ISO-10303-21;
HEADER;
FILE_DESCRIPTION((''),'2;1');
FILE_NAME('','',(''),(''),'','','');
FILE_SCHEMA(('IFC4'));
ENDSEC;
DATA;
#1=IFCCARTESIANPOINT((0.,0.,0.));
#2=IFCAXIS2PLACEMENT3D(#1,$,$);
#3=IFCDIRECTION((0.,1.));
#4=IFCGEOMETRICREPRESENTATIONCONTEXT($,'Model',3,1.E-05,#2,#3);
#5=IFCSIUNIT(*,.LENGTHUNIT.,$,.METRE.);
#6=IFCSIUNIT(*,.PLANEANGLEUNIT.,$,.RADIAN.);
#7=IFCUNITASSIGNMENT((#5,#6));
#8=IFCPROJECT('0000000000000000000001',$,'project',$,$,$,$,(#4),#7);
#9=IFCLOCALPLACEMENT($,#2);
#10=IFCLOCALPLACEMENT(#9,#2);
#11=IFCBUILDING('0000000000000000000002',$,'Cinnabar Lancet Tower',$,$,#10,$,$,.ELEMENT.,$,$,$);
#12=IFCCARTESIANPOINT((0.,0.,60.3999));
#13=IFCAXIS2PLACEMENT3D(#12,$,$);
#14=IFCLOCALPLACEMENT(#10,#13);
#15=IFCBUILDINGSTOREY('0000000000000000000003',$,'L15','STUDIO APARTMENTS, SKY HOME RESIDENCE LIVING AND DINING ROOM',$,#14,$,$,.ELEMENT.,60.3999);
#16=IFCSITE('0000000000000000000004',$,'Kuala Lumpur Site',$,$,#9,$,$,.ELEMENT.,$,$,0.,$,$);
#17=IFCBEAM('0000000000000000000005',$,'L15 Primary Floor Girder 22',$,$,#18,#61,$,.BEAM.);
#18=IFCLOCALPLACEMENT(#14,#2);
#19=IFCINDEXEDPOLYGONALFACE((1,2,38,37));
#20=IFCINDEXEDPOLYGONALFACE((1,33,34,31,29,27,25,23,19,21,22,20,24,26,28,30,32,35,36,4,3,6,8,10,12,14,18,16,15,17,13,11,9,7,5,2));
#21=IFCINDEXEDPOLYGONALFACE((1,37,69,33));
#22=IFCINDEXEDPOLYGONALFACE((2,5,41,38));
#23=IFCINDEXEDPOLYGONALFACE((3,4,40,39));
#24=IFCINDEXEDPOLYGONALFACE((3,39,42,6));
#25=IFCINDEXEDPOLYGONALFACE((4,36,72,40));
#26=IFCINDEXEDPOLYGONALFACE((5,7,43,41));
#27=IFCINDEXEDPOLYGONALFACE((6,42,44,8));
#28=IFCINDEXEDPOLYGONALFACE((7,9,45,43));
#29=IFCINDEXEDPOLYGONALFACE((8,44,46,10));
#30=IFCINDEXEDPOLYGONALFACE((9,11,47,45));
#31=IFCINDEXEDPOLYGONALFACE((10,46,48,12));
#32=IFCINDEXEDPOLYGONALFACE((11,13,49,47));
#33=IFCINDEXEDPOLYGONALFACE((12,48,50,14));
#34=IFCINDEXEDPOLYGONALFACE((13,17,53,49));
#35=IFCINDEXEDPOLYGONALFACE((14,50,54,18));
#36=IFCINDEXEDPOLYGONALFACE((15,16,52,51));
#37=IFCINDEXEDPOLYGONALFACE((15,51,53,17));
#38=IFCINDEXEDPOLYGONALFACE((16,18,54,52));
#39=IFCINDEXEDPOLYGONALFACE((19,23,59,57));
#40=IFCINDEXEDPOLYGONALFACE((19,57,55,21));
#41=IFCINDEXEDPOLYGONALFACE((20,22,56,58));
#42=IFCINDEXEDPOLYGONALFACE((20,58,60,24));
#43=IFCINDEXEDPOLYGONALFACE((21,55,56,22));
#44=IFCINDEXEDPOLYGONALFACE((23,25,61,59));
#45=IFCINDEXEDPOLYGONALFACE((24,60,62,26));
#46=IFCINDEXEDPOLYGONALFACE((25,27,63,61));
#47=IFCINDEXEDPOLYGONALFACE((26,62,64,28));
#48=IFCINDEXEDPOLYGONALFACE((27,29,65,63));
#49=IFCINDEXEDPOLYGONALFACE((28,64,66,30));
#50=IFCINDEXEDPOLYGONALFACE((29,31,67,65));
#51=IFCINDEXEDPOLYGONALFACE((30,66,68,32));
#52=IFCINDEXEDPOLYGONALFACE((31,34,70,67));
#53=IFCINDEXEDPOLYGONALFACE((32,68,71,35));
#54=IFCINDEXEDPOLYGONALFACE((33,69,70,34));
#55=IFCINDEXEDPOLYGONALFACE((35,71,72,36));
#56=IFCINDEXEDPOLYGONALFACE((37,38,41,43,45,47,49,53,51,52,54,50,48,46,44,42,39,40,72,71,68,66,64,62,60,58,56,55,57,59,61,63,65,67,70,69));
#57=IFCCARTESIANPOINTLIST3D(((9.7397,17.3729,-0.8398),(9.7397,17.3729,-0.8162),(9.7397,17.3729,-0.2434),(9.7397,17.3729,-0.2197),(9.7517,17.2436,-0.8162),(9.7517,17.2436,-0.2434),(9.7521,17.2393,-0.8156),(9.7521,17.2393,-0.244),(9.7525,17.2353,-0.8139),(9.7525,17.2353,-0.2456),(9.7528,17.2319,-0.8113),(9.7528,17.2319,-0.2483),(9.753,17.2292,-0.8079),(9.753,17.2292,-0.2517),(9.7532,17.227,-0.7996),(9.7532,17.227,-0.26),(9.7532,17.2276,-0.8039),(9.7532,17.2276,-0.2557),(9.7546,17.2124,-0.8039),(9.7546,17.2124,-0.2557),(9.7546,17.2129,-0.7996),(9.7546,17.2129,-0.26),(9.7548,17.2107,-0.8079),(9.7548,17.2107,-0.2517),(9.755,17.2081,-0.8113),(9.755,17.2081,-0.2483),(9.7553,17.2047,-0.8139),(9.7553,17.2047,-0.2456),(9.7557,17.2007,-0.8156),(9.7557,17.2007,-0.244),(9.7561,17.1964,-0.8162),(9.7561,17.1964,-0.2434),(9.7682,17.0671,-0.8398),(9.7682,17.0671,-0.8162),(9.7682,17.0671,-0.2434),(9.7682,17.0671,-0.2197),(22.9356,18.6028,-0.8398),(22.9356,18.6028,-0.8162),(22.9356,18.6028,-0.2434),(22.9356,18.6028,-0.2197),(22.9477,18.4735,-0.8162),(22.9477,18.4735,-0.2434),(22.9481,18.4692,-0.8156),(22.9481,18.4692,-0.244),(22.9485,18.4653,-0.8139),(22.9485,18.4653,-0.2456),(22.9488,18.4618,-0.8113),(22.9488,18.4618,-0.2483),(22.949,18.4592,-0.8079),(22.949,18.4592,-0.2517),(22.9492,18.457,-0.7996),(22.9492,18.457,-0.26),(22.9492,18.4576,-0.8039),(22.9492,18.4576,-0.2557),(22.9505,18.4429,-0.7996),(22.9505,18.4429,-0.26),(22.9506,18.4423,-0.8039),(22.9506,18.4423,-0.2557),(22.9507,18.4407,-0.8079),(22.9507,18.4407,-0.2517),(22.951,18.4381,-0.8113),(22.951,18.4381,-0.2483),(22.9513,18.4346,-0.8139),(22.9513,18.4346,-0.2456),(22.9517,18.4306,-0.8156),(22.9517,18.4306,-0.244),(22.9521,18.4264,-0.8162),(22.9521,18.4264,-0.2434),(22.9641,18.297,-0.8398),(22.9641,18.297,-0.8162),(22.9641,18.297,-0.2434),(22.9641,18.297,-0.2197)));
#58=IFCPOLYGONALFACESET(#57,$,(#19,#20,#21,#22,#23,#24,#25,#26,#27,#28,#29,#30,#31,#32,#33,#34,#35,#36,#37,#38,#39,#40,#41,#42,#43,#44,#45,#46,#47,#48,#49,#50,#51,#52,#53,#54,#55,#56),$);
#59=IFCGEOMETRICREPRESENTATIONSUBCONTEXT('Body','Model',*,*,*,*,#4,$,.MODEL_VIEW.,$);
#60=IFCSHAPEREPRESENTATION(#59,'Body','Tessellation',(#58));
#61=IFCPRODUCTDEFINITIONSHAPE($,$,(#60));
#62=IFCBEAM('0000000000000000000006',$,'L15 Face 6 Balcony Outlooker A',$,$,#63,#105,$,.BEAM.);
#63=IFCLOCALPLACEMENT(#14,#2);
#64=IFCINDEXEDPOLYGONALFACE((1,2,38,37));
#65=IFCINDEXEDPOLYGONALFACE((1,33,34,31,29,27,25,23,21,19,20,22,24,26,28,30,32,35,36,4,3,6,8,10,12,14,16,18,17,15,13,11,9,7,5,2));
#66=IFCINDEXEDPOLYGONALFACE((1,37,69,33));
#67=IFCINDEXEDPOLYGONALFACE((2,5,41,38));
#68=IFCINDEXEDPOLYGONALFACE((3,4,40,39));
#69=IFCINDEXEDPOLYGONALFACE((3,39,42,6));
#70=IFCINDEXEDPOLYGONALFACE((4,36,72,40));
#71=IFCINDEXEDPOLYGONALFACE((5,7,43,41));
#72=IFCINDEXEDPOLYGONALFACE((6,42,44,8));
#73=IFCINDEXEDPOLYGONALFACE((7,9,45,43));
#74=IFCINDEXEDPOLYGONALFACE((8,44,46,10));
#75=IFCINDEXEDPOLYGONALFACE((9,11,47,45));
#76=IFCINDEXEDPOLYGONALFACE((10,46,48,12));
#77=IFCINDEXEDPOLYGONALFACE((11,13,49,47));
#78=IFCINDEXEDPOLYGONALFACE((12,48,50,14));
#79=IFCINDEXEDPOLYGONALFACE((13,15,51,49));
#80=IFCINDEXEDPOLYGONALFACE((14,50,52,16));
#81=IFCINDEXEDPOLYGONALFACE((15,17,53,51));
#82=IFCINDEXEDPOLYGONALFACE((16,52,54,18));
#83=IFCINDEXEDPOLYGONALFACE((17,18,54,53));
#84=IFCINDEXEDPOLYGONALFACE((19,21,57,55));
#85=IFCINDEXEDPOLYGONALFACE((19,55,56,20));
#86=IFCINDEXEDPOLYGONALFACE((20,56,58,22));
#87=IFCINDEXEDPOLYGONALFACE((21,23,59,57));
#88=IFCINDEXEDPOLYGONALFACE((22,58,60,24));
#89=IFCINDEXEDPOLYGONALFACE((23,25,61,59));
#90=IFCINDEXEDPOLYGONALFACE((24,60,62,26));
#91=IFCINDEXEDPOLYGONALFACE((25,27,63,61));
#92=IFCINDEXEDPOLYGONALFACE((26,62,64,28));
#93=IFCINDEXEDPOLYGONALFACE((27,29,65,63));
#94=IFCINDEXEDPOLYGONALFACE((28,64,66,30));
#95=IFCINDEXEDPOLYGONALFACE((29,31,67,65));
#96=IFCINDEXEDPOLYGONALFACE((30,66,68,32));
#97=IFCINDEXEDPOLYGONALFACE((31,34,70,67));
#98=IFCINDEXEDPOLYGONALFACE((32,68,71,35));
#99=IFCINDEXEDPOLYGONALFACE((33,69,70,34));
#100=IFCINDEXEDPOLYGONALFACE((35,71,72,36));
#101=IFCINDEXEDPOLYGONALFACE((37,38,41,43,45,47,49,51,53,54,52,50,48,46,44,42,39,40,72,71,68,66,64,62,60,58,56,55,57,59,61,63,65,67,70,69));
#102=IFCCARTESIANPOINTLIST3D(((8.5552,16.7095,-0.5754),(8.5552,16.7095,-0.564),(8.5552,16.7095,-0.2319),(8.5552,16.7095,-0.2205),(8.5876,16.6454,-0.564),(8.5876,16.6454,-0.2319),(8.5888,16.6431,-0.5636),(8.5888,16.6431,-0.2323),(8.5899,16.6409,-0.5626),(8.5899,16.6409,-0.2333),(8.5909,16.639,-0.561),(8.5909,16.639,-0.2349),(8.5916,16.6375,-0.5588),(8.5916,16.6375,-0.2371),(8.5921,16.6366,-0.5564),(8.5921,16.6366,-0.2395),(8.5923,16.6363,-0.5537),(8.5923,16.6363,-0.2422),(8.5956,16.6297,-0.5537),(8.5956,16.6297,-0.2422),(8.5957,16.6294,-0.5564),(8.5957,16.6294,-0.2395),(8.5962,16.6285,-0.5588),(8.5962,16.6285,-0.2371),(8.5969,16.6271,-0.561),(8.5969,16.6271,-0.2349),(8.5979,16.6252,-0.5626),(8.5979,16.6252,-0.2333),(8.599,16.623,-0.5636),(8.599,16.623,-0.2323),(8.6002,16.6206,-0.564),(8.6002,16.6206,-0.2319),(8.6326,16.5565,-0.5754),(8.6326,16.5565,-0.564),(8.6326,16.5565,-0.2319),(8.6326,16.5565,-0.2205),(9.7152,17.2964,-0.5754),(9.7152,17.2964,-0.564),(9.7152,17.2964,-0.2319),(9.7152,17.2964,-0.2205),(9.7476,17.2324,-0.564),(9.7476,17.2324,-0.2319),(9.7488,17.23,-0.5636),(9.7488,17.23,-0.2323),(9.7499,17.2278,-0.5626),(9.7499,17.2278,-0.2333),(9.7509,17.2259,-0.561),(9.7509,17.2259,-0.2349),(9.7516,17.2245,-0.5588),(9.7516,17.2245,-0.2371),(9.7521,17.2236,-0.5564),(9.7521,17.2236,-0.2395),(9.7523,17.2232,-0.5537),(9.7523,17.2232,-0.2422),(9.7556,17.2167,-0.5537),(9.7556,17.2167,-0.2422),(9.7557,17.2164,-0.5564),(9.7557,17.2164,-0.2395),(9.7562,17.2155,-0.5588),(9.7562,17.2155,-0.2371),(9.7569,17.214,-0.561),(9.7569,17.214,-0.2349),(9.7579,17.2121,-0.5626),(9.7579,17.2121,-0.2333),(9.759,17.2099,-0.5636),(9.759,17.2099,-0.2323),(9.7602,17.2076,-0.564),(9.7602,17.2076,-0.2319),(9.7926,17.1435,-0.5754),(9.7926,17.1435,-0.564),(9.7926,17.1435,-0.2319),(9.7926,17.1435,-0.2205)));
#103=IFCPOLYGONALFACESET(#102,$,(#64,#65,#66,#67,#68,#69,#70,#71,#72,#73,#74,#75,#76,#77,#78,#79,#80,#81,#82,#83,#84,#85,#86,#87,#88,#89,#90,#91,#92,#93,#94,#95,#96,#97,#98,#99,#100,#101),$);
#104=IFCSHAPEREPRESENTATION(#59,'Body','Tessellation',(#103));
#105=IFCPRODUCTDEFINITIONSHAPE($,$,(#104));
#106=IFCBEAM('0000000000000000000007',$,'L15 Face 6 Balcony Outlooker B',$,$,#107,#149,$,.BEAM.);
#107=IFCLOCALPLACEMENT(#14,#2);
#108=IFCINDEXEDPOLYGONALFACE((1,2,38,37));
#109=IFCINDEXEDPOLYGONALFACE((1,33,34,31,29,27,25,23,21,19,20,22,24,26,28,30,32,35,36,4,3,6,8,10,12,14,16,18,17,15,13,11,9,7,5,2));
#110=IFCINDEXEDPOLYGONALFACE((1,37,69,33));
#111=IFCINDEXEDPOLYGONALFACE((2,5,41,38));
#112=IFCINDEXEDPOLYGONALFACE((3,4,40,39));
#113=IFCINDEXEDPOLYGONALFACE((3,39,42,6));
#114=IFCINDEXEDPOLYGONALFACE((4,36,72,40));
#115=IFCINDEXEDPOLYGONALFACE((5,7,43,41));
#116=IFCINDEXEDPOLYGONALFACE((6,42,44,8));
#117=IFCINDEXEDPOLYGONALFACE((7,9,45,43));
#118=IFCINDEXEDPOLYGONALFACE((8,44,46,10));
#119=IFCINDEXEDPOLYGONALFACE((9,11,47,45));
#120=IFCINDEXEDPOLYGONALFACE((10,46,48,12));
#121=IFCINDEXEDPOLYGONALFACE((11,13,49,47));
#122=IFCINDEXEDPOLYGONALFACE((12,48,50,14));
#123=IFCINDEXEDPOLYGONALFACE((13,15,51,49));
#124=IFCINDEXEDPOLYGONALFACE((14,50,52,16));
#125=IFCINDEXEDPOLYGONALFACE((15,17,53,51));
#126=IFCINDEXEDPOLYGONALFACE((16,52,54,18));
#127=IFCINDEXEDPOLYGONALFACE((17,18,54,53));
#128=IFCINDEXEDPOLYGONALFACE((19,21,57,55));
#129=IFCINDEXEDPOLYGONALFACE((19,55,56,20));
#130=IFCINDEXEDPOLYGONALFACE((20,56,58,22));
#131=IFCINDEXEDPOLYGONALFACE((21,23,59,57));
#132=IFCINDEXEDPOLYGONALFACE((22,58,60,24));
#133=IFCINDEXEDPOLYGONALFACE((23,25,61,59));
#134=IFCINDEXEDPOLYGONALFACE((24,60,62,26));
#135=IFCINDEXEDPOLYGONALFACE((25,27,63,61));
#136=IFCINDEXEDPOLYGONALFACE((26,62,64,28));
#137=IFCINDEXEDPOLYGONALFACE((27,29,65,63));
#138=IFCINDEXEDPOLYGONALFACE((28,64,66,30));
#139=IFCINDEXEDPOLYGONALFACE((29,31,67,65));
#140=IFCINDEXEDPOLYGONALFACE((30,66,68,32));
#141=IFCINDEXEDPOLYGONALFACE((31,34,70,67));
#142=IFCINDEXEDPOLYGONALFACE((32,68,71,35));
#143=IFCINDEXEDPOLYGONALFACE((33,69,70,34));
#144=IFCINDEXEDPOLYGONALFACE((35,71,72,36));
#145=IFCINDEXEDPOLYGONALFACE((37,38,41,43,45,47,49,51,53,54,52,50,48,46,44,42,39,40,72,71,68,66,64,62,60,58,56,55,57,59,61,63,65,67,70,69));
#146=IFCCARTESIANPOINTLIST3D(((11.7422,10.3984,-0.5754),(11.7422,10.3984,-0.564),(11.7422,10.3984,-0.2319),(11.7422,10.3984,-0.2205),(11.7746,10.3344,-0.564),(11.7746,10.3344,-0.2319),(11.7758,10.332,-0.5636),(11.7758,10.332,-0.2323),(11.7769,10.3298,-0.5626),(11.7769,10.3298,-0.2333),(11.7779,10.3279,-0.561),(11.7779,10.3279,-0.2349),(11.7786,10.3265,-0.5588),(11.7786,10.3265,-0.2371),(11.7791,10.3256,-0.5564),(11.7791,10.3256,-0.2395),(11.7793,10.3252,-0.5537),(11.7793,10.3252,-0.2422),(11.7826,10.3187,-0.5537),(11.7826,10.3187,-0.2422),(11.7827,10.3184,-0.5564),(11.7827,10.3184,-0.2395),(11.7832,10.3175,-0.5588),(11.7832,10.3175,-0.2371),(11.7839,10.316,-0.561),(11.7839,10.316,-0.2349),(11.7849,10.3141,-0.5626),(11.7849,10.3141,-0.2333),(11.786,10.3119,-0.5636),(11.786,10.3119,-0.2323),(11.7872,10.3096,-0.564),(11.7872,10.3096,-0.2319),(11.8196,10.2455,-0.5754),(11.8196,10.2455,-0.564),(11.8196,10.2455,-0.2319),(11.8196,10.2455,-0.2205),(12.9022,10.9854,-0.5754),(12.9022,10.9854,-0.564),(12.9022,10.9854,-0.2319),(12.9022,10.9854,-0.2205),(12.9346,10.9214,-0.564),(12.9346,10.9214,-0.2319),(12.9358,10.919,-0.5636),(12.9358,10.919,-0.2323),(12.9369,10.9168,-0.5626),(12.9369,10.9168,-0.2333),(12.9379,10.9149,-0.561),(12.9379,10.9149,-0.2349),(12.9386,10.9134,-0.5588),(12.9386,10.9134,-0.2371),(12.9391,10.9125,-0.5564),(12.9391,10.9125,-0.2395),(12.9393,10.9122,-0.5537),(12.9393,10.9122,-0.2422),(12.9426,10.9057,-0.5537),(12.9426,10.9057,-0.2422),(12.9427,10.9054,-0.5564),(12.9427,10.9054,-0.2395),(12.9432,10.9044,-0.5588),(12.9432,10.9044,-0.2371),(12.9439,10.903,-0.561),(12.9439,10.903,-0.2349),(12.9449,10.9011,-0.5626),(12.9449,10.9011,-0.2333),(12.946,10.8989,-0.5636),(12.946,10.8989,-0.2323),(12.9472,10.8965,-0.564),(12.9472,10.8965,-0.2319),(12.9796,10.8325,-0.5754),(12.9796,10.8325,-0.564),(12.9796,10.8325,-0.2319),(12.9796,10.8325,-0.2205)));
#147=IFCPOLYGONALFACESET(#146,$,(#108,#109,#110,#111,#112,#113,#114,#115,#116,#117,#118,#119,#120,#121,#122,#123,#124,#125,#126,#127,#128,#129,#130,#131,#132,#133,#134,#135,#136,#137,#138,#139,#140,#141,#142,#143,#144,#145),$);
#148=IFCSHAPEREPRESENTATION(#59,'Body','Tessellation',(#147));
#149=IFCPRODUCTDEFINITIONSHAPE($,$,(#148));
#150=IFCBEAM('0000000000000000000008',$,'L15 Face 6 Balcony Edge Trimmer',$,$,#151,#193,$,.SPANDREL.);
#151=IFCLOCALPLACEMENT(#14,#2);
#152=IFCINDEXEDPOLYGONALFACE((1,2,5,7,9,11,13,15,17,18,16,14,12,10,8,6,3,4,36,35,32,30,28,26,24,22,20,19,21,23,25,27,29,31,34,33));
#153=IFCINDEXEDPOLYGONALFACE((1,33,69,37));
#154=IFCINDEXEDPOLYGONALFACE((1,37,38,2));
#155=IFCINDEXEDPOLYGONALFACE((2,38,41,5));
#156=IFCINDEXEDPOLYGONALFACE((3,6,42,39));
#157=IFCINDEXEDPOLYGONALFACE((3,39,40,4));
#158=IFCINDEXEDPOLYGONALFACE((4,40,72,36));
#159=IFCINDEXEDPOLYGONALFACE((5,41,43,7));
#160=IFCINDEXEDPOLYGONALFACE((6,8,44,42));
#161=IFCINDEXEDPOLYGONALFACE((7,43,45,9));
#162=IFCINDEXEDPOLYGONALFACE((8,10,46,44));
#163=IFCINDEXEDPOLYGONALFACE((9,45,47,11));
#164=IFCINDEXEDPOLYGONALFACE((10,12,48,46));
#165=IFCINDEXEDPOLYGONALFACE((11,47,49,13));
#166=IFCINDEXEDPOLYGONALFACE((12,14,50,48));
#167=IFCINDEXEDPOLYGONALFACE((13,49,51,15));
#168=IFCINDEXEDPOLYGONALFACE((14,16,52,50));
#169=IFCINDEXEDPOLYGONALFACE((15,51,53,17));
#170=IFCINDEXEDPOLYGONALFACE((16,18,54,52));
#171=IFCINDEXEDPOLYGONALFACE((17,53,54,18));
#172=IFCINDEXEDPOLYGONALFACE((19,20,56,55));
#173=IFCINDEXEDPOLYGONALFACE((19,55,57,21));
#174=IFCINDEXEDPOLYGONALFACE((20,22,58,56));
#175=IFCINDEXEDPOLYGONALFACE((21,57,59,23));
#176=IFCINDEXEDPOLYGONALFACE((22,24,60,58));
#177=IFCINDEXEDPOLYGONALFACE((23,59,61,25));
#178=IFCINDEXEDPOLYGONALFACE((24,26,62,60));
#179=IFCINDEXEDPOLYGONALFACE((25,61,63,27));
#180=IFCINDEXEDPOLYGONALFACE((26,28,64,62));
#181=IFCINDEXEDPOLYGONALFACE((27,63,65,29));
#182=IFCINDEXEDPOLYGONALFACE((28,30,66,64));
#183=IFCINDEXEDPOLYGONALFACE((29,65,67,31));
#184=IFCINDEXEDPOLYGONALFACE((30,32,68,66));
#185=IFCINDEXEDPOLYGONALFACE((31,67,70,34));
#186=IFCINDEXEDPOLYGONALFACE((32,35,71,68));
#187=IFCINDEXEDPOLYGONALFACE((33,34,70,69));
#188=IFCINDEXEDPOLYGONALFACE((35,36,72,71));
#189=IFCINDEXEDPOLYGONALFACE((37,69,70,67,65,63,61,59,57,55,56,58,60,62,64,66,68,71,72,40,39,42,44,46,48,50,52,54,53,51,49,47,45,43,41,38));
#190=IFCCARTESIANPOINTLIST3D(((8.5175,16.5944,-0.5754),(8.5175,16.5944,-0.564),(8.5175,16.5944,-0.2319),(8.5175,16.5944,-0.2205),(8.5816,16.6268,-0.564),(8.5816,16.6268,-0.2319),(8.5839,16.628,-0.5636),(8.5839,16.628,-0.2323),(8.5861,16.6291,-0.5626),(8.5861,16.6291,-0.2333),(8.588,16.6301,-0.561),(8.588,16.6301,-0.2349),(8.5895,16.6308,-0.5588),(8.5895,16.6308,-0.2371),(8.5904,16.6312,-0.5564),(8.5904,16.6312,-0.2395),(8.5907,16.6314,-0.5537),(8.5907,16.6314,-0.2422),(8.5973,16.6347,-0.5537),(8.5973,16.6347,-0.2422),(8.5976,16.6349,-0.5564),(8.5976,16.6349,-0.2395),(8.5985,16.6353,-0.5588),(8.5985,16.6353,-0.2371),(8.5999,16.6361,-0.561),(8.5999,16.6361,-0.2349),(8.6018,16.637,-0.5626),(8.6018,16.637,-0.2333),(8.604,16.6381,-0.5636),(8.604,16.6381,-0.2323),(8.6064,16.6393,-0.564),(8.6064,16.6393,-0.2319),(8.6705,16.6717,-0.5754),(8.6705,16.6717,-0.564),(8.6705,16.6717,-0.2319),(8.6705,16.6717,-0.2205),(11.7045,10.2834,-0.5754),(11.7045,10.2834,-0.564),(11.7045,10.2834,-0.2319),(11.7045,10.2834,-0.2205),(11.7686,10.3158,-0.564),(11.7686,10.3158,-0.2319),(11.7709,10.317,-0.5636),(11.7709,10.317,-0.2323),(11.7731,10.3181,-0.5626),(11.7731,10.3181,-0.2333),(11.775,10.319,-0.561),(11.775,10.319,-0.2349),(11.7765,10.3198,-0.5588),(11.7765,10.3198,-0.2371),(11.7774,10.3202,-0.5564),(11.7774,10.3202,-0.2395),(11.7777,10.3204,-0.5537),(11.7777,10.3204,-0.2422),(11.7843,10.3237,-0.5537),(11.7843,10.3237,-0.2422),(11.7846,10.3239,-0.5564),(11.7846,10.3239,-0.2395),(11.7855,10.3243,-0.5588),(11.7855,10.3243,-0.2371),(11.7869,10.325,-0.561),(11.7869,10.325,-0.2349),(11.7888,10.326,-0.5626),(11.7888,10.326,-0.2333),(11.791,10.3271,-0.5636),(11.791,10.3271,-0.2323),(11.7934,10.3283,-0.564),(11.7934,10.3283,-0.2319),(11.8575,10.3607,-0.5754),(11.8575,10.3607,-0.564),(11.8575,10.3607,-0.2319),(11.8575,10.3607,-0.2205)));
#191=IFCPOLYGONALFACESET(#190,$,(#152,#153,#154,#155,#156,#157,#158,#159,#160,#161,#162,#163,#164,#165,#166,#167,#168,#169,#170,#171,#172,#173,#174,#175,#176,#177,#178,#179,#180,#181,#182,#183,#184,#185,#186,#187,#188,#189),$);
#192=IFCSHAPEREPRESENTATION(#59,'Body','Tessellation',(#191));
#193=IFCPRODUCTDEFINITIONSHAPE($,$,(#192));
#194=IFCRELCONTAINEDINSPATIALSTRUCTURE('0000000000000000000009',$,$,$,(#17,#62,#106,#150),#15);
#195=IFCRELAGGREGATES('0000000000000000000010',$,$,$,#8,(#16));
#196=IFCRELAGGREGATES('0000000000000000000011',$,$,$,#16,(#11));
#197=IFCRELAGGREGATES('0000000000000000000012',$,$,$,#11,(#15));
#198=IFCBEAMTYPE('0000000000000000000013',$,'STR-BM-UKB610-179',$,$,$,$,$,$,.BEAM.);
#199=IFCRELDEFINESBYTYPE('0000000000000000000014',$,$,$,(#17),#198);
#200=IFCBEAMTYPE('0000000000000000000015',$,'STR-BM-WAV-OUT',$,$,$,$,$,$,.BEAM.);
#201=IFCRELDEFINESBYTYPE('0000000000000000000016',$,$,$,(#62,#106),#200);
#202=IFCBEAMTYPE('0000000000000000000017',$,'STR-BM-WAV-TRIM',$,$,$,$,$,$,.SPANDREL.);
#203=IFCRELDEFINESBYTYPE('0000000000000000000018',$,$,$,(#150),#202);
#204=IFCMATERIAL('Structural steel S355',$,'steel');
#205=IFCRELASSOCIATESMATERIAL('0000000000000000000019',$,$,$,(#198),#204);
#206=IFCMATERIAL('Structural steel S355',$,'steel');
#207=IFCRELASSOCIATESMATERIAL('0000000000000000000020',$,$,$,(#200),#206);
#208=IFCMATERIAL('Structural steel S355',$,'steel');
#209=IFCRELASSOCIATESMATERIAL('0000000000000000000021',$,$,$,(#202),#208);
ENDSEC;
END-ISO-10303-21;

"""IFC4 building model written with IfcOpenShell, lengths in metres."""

from ifc_helpers import new_model, si_unit, direction, frame, origin, origin_2d, place, context, subcontext, project, spatial, i_section, extrude, material, material_profile, profile_set, type_object, element, save


model = new_model("IFC4")

# Units and contexts
model_context = context("Model", 3, precision=1e-05, world=origin(), true_north=direction((0.0, 1.0)))
body_context = subcontext(model_context, "Body", "Model", "MODEL_VIEW")
ifc_project = project(units=[si_unit("LENGTHUNIT", "METRE"), si_unit("PLANEANGLEUNIT", "RADIAN")], contexts=[model_context])

# Site, building, storey
site_placement = place(None, origin())
site = spatial("IfcSite", under=ifc_project, at=site_placement, Name="Kuala Lumpur Site", CompositionType="ELEMENT", RefElevation=0.0)
building_placement = place(site_placement, origin())
building = spatial("IfcBuilding", under=site, at=building_placement, Name="Cinnabar Lancet Tower", CompositionType="ELEMENT")
storey_placement = place(building_placement, frame((0.0, 0.0, 60.3999)))
storey = spatial("IfcBuildingStorey", under=building, at=storey_placement, Name="L15", Description="STUDIO APARTMENTS, SKY HOME RESIDENCE LIVING AND DINING ROOM", CompositionType="ELEMENT", Elevation=60.3999)

# Beams
ifc_material_1 = material(Name="Structural steel S355", Category="steel")
ifc_material_profile_1 = material_profile(ifc_material_1, i_section(OverallWidth=0.3071, OverallDepth=0.6201, WebThickness=0.0142, FlangeThickness=0.0237, FilletRadius=0.0166, at=origin_2d()), Name="UKB 610x305x179")
ifc_profile_set_1 = profile_set([ifc_material_profile_1], Name="Structural steel S355")
beam_type_1 = type_object("IfcBeamType", Name="STR-BM-UKB610-179", PredefinedType="BEAM", material=ifc_profile_set_1)
beam_1_placement = place(storey_placement, frame((9.7539, 17.22, -0.5298), z_axis=(0.995684, 0.092806, 0.0), x_axis=(-0.092806, 0.995684, 0.0)))
element("IfcBeam", 1, at=beam_1_placement, inside=storey, type_object=beam_type_1, Name="L15 Primary Floor Girder 22", PredefinedType="BEAM", context=body_context, shape_type="SweptSolid", body=[
    extrude(i_section(OverallWidth=0.3071, OverallDepth=0.6201, WebThickness=0.0142, FlangeThickness=0.0237, FilletRadius=0.0166, at=origin_2d()), origin(), (0.0, 0.0, 1.0), 13.2532),
])
ifc_material_2 = material(Name="Structural steel S355", Category="steel")
ifc_material_profile_2 = material_profile(ifc_material_2, i_section(OverallWidth=0.1714, OverallDepth=0.355, WebThickness=0.0073, FlangeThickness=0.0115, FilletRadius=0.0103, at=origin_2d()), Name="UKB 356x171x51")
ifc_profile_set_2 = profile_set([ifc_material_profile_2], Name="Structural steel S355")
beam_type_2 = type_object("IfcBeamType", Name="STR-BM-WAV-OUT", PredefinedType="BEAM", material=ifc_profile_set_2)
for number, where, z_axis, x_axis, name in (
    (2, (9.7539, 17.22, -0.3979), (-0.892276, -0.45149, 0.0), (0.45149, -0.892276, 0.0), "L15 Face 6 Balcony Outlooker A"),
    (3, (12.9409, 10.9089, -0.3979), (-0.892276, -0.45149, 0.0), (0.45149, -0.892276, 0.0), "L15 Face 6 Balcony Outlooker B"),
):
    element("IfcBeam", number, at=place(storey_placement, frame(where, z_axis=z_axis, x_axis=x_axis)), inside=storey, type_object=beam_type_2, Name=name, PredefinedType="BEAM", context=body_context, shape_type="SweptSolid", body=[
        extrude(i_section(OverallWidth=0.1714, OverallDepth=0.355, WebThickness=0.0073, FlangeThickness=0.0115, FilletRadius=0.0103, at=origin_2d()), origin(), (0.0, 0.0, 1.0), 1.3),
    ])
ifc_material_3 = material(Name="Structural steel S355", Category="steel")
ifc_material_profile_3 = material_profile(ifc_material_3, i_section(OverallWidth=0.1714, OverallDepth=0.355, WebThickness=0.0073, FlangeThickness=0.0115, FilletRadius=0.0103, at=origin_2d()), Name="UKB 356x171x51")
ifc_profile_set_3 = profile_set([ifc_material_profile_3], Name="Structural steel S355")
beam_type_3 = type_object("IfcBeamType", Name="STR-BM-WAV-TRIM", PredefinedType="SPANDREL", material=ifc_profile_set_3)
beam_2_placement = place(storey_placement, frame((8.594, 16.6331, -0.3979), z_axis=(0.450774, -0.892638, 0.0), x_axis=(0.892638, 0.450774, 0.0)))
element("IfcBeam", 4, at=beam_2_placement, inside=storey, type_object=beam_type_3, Name="L15 Face 6 Balcony Edge Trimmer", PredefinedType="SPANDREL", context=body_context, shape_type="SweptSolid", body=[
    extrude(i_section(OverallWidth=0.1714, OverallDepth=0.355, WebThickness=0.0073, FlangeThickness=0.0115, FilletRadius=0.0103, at=origin_2d()), origin(), (0.0, 0.0, 1.0), 7.0701),
])

save(model, "model.ifc")
